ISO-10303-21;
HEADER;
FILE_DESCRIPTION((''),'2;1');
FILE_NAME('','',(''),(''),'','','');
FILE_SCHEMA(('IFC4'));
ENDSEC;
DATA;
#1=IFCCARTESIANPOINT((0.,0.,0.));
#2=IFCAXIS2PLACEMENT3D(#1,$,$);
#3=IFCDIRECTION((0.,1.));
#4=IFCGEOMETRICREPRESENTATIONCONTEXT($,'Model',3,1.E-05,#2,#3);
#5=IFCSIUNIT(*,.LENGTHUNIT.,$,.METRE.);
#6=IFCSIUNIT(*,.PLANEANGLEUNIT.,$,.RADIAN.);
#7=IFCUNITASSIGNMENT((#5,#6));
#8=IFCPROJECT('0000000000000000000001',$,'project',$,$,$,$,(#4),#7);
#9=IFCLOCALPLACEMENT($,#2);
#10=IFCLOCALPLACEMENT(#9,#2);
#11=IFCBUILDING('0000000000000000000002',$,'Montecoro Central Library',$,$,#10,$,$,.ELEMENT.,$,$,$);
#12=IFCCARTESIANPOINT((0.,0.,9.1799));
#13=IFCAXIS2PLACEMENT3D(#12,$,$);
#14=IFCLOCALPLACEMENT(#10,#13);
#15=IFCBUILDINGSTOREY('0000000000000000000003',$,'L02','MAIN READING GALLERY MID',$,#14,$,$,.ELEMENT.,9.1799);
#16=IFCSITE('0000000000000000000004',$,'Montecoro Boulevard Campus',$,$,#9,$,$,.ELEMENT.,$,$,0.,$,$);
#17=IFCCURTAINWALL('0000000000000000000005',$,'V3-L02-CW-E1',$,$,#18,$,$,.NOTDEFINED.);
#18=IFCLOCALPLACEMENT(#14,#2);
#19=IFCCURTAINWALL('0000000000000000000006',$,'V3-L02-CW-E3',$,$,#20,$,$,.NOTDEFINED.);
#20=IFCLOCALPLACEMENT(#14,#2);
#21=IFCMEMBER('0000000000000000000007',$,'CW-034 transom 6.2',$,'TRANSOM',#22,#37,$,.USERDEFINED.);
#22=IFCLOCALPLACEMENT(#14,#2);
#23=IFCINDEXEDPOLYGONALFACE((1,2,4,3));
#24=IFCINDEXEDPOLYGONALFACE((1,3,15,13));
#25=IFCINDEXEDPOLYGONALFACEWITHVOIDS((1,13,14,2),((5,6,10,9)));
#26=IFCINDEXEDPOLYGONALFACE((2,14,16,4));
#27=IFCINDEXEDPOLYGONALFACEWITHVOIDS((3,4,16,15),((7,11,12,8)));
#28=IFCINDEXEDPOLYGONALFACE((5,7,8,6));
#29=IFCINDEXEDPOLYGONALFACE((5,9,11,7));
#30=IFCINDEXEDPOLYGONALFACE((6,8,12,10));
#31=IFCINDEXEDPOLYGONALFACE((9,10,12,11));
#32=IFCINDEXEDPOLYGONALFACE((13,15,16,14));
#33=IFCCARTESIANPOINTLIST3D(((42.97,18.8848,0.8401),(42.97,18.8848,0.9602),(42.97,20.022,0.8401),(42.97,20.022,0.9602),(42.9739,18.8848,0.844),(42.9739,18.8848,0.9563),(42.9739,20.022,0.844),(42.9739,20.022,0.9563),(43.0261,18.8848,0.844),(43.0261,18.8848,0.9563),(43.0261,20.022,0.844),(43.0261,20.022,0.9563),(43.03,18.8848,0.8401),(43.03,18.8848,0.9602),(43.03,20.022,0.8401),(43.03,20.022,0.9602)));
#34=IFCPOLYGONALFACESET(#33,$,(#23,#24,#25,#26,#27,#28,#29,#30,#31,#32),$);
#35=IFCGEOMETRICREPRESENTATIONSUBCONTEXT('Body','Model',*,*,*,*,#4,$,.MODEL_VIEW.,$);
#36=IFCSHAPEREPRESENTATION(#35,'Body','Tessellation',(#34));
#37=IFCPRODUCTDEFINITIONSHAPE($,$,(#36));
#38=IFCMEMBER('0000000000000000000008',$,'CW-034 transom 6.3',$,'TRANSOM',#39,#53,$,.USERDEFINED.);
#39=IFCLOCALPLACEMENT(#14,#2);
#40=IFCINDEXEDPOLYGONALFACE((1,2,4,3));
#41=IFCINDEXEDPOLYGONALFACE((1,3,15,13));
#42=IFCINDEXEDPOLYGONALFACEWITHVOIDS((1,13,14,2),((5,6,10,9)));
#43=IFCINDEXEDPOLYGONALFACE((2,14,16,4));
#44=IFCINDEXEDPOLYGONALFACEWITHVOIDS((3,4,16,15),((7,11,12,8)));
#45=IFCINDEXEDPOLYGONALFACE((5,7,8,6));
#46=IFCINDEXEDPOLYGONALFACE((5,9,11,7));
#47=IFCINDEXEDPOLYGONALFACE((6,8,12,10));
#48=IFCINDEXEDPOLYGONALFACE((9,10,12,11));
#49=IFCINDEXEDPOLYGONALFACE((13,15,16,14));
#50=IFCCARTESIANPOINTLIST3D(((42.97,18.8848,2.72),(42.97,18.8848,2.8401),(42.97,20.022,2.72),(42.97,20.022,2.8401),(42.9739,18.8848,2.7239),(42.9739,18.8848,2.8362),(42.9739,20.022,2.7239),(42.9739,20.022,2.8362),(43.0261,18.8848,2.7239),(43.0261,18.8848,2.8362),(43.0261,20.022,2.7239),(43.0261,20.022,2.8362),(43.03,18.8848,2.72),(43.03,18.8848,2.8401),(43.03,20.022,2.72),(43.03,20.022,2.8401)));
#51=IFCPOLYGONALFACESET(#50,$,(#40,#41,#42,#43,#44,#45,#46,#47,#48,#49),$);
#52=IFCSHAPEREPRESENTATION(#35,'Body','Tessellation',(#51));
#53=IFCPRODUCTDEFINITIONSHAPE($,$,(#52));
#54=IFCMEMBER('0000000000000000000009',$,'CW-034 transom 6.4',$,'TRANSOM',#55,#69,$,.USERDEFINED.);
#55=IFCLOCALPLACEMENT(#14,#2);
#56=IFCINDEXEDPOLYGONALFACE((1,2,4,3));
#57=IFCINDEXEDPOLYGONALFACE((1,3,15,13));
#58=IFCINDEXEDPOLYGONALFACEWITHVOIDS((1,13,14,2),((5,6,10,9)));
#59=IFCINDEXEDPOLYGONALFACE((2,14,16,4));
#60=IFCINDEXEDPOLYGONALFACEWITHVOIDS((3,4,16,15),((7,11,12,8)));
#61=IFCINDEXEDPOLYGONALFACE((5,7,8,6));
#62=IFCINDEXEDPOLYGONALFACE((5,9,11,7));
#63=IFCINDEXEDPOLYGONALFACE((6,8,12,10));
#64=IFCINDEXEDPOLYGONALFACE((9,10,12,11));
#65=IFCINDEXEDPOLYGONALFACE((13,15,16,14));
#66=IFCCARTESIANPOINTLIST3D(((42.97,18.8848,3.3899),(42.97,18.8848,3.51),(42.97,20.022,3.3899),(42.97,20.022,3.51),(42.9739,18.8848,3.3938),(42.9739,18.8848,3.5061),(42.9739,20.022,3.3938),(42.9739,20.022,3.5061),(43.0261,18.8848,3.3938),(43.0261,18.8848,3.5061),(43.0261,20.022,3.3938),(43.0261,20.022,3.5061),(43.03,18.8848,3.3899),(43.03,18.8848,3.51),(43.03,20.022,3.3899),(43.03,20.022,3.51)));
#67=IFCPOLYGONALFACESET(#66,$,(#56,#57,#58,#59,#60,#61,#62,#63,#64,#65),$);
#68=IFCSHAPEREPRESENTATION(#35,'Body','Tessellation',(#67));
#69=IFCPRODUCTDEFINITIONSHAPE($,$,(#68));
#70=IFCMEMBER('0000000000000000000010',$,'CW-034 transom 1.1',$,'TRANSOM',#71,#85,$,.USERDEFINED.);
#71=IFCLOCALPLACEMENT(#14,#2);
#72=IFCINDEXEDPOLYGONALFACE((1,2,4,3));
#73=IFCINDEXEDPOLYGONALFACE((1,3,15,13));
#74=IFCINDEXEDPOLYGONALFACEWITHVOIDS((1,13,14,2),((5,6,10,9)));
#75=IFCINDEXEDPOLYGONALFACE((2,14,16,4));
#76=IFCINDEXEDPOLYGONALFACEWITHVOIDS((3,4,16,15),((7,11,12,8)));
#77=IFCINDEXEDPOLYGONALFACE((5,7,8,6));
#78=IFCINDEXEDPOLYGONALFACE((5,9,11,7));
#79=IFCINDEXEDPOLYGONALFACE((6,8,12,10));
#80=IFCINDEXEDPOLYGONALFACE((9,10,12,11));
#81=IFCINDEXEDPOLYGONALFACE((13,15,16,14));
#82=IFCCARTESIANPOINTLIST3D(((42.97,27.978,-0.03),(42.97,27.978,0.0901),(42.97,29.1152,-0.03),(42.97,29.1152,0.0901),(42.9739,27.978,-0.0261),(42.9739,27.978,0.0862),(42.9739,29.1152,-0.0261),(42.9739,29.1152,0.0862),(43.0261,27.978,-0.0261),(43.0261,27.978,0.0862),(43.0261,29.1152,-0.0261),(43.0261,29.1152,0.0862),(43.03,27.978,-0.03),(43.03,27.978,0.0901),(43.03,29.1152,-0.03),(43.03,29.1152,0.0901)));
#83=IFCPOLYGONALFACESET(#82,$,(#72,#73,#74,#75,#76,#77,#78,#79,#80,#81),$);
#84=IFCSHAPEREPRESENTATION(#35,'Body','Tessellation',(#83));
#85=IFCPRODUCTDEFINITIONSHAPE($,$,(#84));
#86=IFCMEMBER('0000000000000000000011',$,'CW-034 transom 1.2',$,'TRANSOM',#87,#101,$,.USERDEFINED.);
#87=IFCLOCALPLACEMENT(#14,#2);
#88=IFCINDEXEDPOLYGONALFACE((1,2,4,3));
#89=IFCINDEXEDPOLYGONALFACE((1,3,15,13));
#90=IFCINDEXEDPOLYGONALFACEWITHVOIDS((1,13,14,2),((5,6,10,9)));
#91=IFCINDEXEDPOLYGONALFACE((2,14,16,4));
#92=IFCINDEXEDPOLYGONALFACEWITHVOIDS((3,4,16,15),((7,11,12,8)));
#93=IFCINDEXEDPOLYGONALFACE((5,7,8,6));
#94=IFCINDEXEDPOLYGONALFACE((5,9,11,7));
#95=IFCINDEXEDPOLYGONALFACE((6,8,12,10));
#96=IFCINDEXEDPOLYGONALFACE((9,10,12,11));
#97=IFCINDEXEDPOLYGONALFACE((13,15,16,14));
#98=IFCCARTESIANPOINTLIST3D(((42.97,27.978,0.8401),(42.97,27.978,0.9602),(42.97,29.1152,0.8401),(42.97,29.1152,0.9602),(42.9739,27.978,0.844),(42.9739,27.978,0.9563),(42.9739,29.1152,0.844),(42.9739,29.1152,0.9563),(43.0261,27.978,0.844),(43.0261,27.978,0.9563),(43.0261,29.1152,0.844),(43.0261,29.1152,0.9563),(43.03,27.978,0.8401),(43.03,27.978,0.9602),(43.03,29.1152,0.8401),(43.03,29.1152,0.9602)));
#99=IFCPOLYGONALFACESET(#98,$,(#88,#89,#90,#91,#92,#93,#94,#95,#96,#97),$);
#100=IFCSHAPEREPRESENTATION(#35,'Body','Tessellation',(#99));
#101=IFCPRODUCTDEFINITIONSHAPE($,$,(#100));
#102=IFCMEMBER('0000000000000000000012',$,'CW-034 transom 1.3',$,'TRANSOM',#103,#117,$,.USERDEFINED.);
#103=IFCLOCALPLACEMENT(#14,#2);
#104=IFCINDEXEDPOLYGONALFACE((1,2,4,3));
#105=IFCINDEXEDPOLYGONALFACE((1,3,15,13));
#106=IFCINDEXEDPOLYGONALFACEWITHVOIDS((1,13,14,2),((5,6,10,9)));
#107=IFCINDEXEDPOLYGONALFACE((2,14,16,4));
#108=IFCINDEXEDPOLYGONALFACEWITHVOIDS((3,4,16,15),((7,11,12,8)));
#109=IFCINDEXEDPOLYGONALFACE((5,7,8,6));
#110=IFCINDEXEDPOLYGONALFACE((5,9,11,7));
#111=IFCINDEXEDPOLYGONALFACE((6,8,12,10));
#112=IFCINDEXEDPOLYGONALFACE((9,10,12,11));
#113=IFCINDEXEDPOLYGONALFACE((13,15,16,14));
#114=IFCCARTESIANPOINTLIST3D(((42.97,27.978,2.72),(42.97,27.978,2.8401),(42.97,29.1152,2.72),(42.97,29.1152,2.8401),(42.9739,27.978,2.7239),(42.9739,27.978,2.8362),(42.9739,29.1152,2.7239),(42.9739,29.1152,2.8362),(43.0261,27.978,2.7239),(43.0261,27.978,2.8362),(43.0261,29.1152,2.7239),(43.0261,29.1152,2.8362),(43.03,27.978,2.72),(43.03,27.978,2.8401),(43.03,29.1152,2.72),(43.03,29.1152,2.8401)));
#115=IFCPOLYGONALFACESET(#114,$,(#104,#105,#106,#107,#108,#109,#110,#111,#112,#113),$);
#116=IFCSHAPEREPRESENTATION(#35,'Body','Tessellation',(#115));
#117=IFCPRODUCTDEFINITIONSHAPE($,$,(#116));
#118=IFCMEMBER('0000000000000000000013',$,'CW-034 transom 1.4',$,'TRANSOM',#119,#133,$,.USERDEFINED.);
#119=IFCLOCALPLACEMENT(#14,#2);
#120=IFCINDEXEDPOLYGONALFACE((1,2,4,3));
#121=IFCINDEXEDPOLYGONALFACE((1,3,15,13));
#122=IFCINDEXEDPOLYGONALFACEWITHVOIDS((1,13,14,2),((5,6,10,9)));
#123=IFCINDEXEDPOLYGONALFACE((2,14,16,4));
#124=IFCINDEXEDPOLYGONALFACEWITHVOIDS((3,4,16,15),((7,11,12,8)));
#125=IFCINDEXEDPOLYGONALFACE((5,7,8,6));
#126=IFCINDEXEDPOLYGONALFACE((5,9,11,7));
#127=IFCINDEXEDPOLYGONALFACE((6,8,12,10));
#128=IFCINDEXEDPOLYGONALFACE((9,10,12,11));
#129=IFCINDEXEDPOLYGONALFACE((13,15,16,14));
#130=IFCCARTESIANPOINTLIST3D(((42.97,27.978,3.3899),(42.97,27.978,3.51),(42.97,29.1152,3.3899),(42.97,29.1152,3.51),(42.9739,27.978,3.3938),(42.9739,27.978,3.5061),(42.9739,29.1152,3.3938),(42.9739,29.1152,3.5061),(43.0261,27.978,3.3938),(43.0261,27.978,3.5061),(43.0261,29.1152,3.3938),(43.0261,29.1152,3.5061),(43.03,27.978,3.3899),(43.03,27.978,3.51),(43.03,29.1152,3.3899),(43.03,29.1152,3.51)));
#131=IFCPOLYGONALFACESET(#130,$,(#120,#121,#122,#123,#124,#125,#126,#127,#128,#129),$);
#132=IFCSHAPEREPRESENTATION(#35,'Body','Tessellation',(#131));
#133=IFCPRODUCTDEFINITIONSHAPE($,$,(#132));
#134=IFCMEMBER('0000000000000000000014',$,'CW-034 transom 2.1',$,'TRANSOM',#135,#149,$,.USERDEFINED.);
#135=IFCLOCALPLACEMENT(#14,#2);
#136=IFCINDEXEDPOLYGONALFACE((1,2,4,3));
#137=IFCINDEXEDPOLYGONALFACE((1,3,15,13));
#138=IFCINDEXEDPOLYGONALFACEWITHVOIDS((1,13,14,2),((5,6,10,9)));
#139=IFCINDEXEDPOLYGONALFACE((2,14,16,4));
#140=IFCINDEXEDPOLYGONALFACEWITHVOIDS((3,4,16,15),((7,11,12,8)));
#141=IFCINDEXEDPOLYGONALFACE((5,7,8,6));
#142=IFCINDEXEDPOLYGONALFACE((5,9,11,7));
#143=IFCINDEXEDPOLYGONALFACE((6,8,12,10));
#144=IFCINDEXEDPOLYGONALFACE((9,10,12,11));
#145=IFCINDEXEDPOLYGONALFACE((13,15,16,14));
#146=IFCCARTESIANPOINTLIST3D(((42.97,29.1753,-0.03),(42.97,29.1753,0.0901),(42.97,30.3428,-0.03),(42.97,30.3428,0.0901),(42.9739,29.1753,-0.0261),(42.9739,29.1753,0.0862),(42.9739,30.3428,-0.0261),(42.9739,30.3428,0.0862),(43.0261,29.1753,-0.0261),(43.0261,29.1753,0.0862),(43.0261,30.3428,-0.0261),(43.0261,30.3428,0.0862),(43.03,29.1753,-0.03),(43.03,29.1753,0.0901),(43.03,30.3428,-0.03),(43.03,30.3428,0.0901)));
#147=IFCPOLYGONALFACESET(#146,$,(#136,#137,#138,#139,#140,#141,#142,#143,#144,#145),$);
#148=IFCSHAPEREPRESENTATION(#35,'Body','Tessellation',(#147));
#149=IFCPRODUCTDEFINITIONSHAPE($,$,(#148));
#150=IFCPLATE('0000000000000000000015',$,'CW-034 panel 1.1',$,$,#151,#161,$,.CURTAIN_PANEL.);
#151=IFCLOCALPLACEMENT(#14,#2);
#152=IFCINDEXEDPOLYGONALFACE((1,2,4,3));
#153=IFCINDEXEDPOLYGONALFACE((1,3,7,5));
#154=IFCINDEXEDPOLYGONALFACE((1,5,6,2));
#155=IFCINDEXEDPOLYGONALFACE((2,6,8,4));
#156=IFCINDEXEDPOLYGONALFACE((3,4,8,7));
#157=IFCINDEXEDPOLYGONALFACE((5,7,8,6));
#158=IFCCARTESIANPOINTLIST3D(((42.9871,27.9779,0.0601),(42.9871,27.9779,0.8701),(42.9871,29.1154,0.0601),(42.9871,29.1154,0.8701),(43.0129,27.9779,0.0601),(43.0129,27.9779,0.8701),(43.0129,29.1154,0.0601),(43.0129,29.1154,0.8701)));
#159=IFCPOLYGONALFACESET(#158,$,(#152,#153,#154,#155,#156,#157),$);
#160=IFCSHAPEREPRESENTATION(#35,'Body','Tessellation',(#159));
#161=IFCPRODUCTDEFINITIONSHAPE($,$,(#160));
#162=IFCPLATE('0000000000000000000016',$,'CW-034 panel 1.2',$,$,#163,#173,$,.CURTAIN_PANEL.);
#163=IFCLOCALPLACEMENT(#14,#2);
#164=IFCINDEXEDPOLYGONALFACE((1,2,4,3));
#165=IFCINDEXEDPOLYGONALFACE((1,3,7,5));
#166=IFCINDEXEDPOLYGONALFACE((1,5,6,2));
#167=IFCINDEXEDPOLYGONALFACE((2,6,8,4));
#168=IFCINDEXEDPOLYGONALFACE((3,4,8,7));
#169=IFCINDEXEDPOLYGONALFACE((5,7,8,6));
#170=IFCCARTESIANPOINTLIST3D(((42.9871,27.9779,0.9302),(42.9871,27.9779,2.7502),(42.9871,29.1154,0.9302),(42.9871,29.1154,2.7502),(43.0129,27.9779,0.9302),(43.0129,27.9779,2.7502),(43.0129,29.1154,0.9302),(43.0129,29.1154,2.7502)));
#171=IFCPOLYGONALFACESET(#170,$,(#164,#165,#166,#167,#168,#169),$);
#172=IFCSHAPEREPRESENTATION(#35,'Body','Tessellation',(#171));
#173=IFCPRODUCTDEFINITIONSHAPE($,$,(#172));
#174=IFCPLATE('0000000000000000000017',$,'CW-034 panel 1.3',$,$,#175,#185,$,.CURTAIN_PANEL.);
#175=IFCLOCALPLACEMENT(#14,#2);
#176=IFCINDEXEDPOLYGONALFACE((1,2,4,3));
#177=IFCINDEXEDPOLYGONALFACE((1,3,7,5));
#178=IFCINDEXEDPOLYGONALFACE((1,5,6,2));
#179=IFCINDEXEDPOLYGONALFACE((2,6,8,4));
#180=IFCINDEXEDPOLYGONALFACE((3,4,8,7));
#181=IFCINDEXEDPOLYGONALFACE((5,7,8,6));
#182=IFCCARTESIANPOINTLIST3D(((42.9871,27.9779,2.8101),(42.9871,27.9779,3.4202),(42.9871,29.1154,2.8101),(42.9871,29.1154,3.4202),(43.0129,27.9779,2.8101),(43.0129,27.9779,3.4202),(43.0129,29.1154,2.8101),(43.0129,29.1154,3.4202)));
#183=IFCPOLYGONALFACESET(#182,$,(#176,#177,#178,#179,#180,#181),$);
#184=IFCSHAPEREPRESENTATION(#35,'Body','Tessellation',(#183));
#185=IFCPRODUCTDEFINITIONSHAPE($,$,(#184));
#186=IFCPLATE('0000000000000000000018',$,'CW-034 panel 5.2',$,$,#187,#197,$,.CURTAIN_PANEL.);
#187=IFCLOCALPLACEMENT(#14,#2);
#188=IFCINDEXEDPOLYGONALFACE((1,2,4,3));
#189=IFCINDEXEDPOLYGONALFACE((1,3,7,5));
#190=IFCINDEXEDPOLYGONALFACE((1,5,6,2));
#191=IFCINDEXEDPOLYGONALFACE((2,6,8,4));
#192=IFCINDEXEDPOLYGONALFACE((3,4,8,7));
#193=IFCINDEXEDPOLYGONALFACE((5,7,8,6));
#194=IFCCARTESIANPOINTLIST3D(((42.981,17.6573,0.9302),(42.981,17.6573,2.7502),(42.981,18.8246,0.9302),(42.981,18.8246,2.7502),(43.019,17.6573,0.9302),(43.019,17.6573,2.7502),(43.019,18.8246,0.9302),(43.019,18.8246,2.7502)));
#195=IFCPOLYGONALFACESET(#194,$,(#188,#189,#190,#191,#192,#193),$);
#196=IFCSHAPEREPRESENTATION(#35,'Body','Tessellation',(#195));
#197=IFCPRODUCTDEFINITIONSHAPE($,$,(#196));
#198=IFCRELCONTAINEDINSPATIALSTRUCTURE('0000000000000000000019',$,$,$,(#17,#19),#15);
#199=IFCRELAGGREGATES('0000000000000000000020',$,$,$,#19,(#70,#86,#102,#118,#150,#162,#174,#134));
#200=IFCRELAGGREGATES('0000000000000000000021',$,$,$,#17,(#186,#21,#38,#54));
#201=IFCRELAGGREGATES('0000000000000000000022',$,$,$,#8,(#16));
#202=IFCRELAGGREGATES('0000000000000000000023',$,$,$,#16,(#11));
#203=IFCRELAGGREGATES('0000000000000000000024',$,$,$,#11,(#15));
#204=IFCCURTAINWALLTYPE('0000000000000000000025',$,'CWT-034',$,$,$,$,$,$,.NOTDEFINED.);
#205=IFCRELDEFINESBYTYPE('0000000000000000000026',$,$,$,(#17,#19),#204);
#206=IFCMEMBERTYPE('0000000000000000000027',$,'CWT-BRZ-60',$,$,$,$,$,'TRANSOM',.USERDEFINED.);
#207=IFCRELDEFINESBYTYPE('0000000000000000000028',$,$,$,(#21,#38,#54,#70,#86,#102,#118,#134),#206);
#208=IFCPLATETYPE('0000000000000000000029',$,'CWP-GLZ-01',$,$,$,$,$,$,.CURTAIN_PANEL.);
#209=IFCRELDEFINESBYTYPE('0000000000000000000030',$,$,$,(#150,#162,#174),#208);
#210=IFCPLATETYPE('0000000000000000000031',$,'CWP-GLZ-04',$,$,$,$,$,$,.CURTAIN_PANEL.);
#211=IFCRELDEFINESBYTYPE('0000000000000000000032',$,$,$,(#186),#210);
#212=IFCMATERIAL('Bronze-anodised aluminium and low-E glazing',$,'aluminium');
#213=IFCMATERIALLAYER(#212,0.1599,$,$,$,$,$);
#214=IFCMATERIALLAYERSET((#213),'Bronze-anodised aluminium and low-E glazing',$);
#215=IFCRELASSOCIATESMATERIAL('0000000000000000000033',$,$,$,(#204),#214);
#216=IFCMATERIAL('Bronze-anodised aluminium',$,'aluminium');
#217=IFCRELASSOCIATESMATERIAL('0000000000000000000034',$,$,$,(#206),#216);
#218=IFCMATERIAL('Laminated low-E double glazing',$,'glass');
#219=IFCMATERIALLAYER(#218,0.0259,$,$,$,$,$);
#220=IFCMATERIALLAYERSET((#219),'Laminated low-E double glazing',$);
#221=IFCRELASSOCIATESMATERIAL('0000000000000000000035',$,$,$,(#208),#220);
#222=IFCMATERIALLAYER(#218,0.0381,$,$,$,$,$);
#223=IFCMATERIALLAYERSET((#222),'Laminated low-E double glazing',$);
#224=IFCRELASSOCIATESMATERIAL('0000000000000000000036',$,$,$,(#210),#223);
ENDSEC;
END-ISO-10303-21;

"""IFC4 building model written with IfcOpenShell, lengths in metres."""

from ifc_helpers import new_model, si_unit, direction, frame, origin, origin_2d, place, context, subcontext, project, spatial, rectangle, hollow_rectangle, extrude, material, layer, layer_set, material_profile, profile_set, type_object, element, aggregate, save


model = new_model("IFC4")

# Units and contexts
model_context = context("Model", 3, precision=1e-05, world=origin(), true_north=direction((0.0, 1.0)))
body_context = subcontext(model_context, "Body", "Model", "MODEL_VIEW")
ifc_project = project(units=[si_unit("LENGTHUNIT", "METRE"), si_unit("PLANEANGLEUNIT", "RADIAN")], contexts=[model_context])

# Site, building, storey
site_placement = place(None, origin())
site = spatial("IfcSite", under=ifc_project, at=site_placement, Name="Montecoro Boulevard Campus", CompositionType="ELEMENT", RefElevation=0.0)
building_placement = place(site_placement, origin())
building = spatial("IfcBuilding", under=site, at=building_placement, Name="Montecoro Central Library", CompositionType="ELEMENT")
storey_placement = place(building_placement, frame((0.0, 0.0, 9.1799)))
storey = spatial("IfcBuildingStorey", under=building, at=storey_placement, Name="L02", Description="MAIN READING GALLERY MID", CompositionType="ELEMENT", Elevation=9.1799)

# Curtain walls
ifc_material_1 = material(Name="Bronze-anodised aluminium and low-E glazing", Category="aluminium")
ifc_layer_1 = layer(ifc_material_1, 0.1599)
ifc_layer_set_1 = layer_set([ifc_layer_1], Name="Bronze-anodised aluminium and low-E glazing")
curtain_wall_type = type_object("IfcCurtainWallType", Name="CWT-034", PredefinedType="NOTDEFINED", material=ifc_layer_set_1)
curtain_wall_1_placement = place(storey_placement, origin())
curtain_wall_1 = element("IfcCurtainWall", 1, at=curtain_wall_1_placement, inside=storey, type_object=curtain_wall_type, Name="V3-L02-CW-E1", PredefinedType="NOTDEFINED")
ifc_material_2 = material(Name="Bronze-anodised aluminium", Category="aluminium")
curtain_wall_2_placement = place(storey_placement, origin())
curtain_wall_2 = element("IfcCurtainWall", 2, at=curtain_wall_2_placement, inside=storey, type_object=curtain_wall_type, Name="V3-L02-CW-E3", PredefinedType="NOTDEFINED")

# Members
ifc_material_profile_1 = material_profile(ifc_material_2, hollow_rectangle(XDim=0.0601, YDim=0.1201, WallThickness=0.0039, at=origin_2d()), Name="CWT 120x60x4.0")
ifc_profile_set_1 = profile_set([ifc_material_profile_1], Name="Bronze-anodised aluminium")
member_type_1 = type_object("IfcMemberType", Name="CWT-BRZ-60", ElementType="TRANSOM", PredefinedType="USERDEFINED", material=ifc_profile_set_1)
member_1_placement = place(storey_placement, frame((43.0, 18.8848, 0.9001), z_axis=(0.0, 1.0, 0.0), x_axis=(-1.0, 0.0, 0.0)))
member_1 = element("IfcMember", 3, at=member_1_placement, type_object=member_type_1, Name="CW-034 transom 6.2", ObjectType="TRANSOM", PredefinedType="USERDEFINED", context=body_context, shape_type="SweptSolid", body=[
    extrude(hollow_rectangle(XDim=0.0601, YDim=0.1201, WallThickness=0.0039, at=origin_2d()), origin(), (0.0, 0.0, 1.0), 1.1372),
])
member_2_placement = place(storey_placement, frame((43.0, 18.8848, 2.78), z_axis=(0.0, 1.0, 0.0), x_axis=(-1.0, 0.0, 0.0)))
member_2 = element("IfcMember", 4, at=member_2_placement, type_object=member_type_1, Name="CW-034 transom 6.3", ObjectType="TRANSOM", PredefinedType="USERDEFINED", context=body_context, shape_type="SweptSolid", body=[
    extrude(hollow_rectangle(XDim=0.0601, YDim=0.1201, WallThickness=0.0039, at=origin_2d()), origin(), (0.0, 0.0, 1.0), 1.1372),
])
member_3_placement = place(storey_placement, frame((43.0, 18.8848, 3.45), z_axis=(0.0, 1.0, 0.0), x_axis=(-1.0, 0.0, 0.0)))
member_3 = element("IfcMember", 5, at=member_3_placement, type_object=member_type_1, Name="CW-034 transom 6.4", ObjectType="TRANSOM", PredefinedType="USERDEFINED", context=body_context, shape_type="SweptSolid", body=[
    extrude(hollow_rectangle(XDim=0.0601, YDim=0.1201, WallThickness=0.0039, at=origin_2d()), origin(), (0.0, 0.0, 1.0), 1.1372),
])
member_4_placement = place(storey_placement, frame((43.0, 27.978, 0.03), z_axis=(0.0, 1.0, 0.0), x_axis=(-1.0, 0.0, 0.0)))
member_4 = element("IfcMember", 6, at=member_4_placement, type_object=member_type_1, Name="CW-034 transom 1.1", ObjectType="TRANSOM", PredefinedType="USERDEFINED", context=body_context, shape_type="SweptSolid", body=[
    extrude(hollow_rectangle(XDim=0.0601, YDim=0.1201, WallThickness=0.0039, at=origin_2d()), origin(), (0.0, 0.0, 1.0), 1.1372),
])
member_5_placement = place(storey_placement, frame((43.0, 27.978, 0.9001), z_axis=(0.0, 1.0, 0.0), x_axis=(-1.0, 0.0, 0.0)))
member_5 = element("IfcMember", 7, at=member_5_placement, type_object=member_type_1, Name="CW-034 transom 1.2", ObjectType="TRANSOM", PredefinedType="USERDEFINED", context=body_context, shape_type="SweptSolid", body=[
    extrude(hollow_rectangle(XDim=0.0601, YDim=0.1201, WallThickness=0.0039, at=origin_2d()), origin(), (0.0, 0.0, 1.0), 1.1372),
])
member_6_placement = place(storey_placement, frame((43.0, 27.978, 2.78), z_axis=(0.0, 1.0, 0.0), x_axis=(-1.0, 0.0, 0.0)))
member_6 = element("IfcMember", 8, at=member_6_placement, type_object=member_type_1, Name="CW-034 transom 1.3", ObjectType="TRANSOM", PredefinedType="USERDEFINED", context=body_context, shape_type="SweptSolid", body=[
    extrude(hollow_rectangle(XDim=0.0601, YDim=0.1201, WallThickness=0.0039, at=origin_2d()), origin(), (0.0, 0.0, 1.0), 1.1372),
])
member_7_placement = place(storey_placement, frame((43.0, 27.978, 3.45), z_axis=(0.0, 1.0, 0.0), x_axis=(-1.0, 0.0, 0.0)))
member_7 = element("IfcMember", 9, at=member_7_placement, type_object=member_type_1, Name="CW-034 transom 1.4", ObjectType="TRANSOM", PredefinedType="USERDEFINED", context=body_context, shape_type="SweptSolid", body=[
    extrude(hollow_rectangle(XDim=0.0601, YDim=0.1201, WallThickness=0.0039, at=origin_2d()), origin(), (0.0, 0.0, 1.0), 1.1372),
])
member_8_placement = place(storey_placement, frame((43.0, 29.1753, 0.03), z_axis=(0.0, 1.0, 0.0), x_axis=(-1.0, 0.0, 0.0)))
member_8 = element("IfcMember", 10, at=member_8_placement, type_object=member_type_1, Name="CW-034 transom 2.1", ObjectType="TRANSOM", PredefinedType="USERDEFINED", context=body_context, shape_type="SweptSolid", body=[
    extrude(hollow_rectangle(XDim=0.0601, YDim=0.1201, WallThickness=0.0039, at=origin_2d()), origin(), (0.0, 0.0, 1.0), 1.1675),
])

# Plates
ifc_material_3 = material(Name="Laminated low-E double glazing", Category="glass")
ifc_layer_2 = layer(ifc_material_3, 0.0259)
ifc_layer_set_2 = layer_set([ifc_layer_2], Name="Laminated low-E double glazing")
plate_type_1 = type_object("IfcPlateType", Name="CWP-GLZ-01", PredefinedType="CURTAIN_PANEL", material=ifc_layer_set_2)
plate_1_placement = place(storey_placement, frame((43.0, 28.5466, 0.0601), z_axis=(0.0, 0.0, 1.0), x_axis=(0.0, 1.0, 0.0)))
plate_1 = element("IfcPlate", 11, at=plate_1_placement, type_object=plate_type_1, Name="CW-034 panel 1.1", PredefinedType="CURTAIN_PANEL", context=body_context, shape_type="SweptSolid", body=[
    extrude(rectangle(XDim=1.1375, YDim=0.0259, at=origin_2d()), origin(), (0.0, 0.0, 1.0), 0.8101),
])
plate_2_placement = place(storey_placement, frame((43.0, 28.5466, 0.9302), z_axis=(0.0, 0.0, 1.0), x_axis=(0.0, 1.0, 0.0)))
plate_2 = element("IfcPlate", 12, at=plate_2_placement, type_object=plate_type_1, Name="CW-034 panel 1.2", PredefinedType="CURTAIN_PANEL", context=body_context, shape_type="SweptSolid", body=[
    extrude(rectangle(XDim=1.1375, YDim=0.0259, at=origin_2d()), origin(), (0.0, 0.0, 1.0), 1.8201),
])
plate_3_placement = place(storey_placement, frame((43.0, 28.5466, 2.8101), z_axis=(0.0, 0.0, 1.0), x_axis=(0.0, 1.0, 0.0)))
plate_3 = element("IfcPlate", 13, at=plate_3_placement, type_object=plate_type_1, Name="CW-034 panel 1.3", PredefinedType="CURTAIN_PANEL", context=body_context, shape_type="SweptSolid", body=[
    extrude(rectangle(XDim=1.1375, YDim=0.0259, at=origin_2d()), origin(), (0.0, 0.0, 1.0), 0.6101),
])
aggregate(curtain_wall_2, [member_4, member_5, member_6, member_7, plate_1, plate_2, plate_3, member_8])
ifc_layer_3 = layer(ifc_material_3, 0.0381)
ifc_layer_set_3 = layer_set([ifc_layer_3], Name="Laminated low-E double glazing")
plate_type_2 = type_object("IfcPlateType", Name="CWP-GLZ-04", PredefinedType="CURTAIN_PANEL", material=ifc_layer_set_3)
plate_4_placement = place(storey_placement, frame((43.0, 18.241, 0.9302), z_axis=(0.0, 0.0, 1.0), x_axis=(0.0, 1.0, 0.0)))
plate_4 = element("IfcPlate", 14, at=plate_4_placement, type_object=plate_type_2, Name="CW-034 panel 5.2", PredefinedType="CURTAIN_PANEL", context=body_context, shape_type="SweptSolid", body=[
    extrude(rectangle(XDim=1.1672, YDim=0.0381, at=origin_2d()), origin(), (0.0, 0.0, 1.0), 1.8201),
])
aggregate(curtain_wall_1, [plate_4, member_1, member_2, member_3])

save(model, "model.ifc")
